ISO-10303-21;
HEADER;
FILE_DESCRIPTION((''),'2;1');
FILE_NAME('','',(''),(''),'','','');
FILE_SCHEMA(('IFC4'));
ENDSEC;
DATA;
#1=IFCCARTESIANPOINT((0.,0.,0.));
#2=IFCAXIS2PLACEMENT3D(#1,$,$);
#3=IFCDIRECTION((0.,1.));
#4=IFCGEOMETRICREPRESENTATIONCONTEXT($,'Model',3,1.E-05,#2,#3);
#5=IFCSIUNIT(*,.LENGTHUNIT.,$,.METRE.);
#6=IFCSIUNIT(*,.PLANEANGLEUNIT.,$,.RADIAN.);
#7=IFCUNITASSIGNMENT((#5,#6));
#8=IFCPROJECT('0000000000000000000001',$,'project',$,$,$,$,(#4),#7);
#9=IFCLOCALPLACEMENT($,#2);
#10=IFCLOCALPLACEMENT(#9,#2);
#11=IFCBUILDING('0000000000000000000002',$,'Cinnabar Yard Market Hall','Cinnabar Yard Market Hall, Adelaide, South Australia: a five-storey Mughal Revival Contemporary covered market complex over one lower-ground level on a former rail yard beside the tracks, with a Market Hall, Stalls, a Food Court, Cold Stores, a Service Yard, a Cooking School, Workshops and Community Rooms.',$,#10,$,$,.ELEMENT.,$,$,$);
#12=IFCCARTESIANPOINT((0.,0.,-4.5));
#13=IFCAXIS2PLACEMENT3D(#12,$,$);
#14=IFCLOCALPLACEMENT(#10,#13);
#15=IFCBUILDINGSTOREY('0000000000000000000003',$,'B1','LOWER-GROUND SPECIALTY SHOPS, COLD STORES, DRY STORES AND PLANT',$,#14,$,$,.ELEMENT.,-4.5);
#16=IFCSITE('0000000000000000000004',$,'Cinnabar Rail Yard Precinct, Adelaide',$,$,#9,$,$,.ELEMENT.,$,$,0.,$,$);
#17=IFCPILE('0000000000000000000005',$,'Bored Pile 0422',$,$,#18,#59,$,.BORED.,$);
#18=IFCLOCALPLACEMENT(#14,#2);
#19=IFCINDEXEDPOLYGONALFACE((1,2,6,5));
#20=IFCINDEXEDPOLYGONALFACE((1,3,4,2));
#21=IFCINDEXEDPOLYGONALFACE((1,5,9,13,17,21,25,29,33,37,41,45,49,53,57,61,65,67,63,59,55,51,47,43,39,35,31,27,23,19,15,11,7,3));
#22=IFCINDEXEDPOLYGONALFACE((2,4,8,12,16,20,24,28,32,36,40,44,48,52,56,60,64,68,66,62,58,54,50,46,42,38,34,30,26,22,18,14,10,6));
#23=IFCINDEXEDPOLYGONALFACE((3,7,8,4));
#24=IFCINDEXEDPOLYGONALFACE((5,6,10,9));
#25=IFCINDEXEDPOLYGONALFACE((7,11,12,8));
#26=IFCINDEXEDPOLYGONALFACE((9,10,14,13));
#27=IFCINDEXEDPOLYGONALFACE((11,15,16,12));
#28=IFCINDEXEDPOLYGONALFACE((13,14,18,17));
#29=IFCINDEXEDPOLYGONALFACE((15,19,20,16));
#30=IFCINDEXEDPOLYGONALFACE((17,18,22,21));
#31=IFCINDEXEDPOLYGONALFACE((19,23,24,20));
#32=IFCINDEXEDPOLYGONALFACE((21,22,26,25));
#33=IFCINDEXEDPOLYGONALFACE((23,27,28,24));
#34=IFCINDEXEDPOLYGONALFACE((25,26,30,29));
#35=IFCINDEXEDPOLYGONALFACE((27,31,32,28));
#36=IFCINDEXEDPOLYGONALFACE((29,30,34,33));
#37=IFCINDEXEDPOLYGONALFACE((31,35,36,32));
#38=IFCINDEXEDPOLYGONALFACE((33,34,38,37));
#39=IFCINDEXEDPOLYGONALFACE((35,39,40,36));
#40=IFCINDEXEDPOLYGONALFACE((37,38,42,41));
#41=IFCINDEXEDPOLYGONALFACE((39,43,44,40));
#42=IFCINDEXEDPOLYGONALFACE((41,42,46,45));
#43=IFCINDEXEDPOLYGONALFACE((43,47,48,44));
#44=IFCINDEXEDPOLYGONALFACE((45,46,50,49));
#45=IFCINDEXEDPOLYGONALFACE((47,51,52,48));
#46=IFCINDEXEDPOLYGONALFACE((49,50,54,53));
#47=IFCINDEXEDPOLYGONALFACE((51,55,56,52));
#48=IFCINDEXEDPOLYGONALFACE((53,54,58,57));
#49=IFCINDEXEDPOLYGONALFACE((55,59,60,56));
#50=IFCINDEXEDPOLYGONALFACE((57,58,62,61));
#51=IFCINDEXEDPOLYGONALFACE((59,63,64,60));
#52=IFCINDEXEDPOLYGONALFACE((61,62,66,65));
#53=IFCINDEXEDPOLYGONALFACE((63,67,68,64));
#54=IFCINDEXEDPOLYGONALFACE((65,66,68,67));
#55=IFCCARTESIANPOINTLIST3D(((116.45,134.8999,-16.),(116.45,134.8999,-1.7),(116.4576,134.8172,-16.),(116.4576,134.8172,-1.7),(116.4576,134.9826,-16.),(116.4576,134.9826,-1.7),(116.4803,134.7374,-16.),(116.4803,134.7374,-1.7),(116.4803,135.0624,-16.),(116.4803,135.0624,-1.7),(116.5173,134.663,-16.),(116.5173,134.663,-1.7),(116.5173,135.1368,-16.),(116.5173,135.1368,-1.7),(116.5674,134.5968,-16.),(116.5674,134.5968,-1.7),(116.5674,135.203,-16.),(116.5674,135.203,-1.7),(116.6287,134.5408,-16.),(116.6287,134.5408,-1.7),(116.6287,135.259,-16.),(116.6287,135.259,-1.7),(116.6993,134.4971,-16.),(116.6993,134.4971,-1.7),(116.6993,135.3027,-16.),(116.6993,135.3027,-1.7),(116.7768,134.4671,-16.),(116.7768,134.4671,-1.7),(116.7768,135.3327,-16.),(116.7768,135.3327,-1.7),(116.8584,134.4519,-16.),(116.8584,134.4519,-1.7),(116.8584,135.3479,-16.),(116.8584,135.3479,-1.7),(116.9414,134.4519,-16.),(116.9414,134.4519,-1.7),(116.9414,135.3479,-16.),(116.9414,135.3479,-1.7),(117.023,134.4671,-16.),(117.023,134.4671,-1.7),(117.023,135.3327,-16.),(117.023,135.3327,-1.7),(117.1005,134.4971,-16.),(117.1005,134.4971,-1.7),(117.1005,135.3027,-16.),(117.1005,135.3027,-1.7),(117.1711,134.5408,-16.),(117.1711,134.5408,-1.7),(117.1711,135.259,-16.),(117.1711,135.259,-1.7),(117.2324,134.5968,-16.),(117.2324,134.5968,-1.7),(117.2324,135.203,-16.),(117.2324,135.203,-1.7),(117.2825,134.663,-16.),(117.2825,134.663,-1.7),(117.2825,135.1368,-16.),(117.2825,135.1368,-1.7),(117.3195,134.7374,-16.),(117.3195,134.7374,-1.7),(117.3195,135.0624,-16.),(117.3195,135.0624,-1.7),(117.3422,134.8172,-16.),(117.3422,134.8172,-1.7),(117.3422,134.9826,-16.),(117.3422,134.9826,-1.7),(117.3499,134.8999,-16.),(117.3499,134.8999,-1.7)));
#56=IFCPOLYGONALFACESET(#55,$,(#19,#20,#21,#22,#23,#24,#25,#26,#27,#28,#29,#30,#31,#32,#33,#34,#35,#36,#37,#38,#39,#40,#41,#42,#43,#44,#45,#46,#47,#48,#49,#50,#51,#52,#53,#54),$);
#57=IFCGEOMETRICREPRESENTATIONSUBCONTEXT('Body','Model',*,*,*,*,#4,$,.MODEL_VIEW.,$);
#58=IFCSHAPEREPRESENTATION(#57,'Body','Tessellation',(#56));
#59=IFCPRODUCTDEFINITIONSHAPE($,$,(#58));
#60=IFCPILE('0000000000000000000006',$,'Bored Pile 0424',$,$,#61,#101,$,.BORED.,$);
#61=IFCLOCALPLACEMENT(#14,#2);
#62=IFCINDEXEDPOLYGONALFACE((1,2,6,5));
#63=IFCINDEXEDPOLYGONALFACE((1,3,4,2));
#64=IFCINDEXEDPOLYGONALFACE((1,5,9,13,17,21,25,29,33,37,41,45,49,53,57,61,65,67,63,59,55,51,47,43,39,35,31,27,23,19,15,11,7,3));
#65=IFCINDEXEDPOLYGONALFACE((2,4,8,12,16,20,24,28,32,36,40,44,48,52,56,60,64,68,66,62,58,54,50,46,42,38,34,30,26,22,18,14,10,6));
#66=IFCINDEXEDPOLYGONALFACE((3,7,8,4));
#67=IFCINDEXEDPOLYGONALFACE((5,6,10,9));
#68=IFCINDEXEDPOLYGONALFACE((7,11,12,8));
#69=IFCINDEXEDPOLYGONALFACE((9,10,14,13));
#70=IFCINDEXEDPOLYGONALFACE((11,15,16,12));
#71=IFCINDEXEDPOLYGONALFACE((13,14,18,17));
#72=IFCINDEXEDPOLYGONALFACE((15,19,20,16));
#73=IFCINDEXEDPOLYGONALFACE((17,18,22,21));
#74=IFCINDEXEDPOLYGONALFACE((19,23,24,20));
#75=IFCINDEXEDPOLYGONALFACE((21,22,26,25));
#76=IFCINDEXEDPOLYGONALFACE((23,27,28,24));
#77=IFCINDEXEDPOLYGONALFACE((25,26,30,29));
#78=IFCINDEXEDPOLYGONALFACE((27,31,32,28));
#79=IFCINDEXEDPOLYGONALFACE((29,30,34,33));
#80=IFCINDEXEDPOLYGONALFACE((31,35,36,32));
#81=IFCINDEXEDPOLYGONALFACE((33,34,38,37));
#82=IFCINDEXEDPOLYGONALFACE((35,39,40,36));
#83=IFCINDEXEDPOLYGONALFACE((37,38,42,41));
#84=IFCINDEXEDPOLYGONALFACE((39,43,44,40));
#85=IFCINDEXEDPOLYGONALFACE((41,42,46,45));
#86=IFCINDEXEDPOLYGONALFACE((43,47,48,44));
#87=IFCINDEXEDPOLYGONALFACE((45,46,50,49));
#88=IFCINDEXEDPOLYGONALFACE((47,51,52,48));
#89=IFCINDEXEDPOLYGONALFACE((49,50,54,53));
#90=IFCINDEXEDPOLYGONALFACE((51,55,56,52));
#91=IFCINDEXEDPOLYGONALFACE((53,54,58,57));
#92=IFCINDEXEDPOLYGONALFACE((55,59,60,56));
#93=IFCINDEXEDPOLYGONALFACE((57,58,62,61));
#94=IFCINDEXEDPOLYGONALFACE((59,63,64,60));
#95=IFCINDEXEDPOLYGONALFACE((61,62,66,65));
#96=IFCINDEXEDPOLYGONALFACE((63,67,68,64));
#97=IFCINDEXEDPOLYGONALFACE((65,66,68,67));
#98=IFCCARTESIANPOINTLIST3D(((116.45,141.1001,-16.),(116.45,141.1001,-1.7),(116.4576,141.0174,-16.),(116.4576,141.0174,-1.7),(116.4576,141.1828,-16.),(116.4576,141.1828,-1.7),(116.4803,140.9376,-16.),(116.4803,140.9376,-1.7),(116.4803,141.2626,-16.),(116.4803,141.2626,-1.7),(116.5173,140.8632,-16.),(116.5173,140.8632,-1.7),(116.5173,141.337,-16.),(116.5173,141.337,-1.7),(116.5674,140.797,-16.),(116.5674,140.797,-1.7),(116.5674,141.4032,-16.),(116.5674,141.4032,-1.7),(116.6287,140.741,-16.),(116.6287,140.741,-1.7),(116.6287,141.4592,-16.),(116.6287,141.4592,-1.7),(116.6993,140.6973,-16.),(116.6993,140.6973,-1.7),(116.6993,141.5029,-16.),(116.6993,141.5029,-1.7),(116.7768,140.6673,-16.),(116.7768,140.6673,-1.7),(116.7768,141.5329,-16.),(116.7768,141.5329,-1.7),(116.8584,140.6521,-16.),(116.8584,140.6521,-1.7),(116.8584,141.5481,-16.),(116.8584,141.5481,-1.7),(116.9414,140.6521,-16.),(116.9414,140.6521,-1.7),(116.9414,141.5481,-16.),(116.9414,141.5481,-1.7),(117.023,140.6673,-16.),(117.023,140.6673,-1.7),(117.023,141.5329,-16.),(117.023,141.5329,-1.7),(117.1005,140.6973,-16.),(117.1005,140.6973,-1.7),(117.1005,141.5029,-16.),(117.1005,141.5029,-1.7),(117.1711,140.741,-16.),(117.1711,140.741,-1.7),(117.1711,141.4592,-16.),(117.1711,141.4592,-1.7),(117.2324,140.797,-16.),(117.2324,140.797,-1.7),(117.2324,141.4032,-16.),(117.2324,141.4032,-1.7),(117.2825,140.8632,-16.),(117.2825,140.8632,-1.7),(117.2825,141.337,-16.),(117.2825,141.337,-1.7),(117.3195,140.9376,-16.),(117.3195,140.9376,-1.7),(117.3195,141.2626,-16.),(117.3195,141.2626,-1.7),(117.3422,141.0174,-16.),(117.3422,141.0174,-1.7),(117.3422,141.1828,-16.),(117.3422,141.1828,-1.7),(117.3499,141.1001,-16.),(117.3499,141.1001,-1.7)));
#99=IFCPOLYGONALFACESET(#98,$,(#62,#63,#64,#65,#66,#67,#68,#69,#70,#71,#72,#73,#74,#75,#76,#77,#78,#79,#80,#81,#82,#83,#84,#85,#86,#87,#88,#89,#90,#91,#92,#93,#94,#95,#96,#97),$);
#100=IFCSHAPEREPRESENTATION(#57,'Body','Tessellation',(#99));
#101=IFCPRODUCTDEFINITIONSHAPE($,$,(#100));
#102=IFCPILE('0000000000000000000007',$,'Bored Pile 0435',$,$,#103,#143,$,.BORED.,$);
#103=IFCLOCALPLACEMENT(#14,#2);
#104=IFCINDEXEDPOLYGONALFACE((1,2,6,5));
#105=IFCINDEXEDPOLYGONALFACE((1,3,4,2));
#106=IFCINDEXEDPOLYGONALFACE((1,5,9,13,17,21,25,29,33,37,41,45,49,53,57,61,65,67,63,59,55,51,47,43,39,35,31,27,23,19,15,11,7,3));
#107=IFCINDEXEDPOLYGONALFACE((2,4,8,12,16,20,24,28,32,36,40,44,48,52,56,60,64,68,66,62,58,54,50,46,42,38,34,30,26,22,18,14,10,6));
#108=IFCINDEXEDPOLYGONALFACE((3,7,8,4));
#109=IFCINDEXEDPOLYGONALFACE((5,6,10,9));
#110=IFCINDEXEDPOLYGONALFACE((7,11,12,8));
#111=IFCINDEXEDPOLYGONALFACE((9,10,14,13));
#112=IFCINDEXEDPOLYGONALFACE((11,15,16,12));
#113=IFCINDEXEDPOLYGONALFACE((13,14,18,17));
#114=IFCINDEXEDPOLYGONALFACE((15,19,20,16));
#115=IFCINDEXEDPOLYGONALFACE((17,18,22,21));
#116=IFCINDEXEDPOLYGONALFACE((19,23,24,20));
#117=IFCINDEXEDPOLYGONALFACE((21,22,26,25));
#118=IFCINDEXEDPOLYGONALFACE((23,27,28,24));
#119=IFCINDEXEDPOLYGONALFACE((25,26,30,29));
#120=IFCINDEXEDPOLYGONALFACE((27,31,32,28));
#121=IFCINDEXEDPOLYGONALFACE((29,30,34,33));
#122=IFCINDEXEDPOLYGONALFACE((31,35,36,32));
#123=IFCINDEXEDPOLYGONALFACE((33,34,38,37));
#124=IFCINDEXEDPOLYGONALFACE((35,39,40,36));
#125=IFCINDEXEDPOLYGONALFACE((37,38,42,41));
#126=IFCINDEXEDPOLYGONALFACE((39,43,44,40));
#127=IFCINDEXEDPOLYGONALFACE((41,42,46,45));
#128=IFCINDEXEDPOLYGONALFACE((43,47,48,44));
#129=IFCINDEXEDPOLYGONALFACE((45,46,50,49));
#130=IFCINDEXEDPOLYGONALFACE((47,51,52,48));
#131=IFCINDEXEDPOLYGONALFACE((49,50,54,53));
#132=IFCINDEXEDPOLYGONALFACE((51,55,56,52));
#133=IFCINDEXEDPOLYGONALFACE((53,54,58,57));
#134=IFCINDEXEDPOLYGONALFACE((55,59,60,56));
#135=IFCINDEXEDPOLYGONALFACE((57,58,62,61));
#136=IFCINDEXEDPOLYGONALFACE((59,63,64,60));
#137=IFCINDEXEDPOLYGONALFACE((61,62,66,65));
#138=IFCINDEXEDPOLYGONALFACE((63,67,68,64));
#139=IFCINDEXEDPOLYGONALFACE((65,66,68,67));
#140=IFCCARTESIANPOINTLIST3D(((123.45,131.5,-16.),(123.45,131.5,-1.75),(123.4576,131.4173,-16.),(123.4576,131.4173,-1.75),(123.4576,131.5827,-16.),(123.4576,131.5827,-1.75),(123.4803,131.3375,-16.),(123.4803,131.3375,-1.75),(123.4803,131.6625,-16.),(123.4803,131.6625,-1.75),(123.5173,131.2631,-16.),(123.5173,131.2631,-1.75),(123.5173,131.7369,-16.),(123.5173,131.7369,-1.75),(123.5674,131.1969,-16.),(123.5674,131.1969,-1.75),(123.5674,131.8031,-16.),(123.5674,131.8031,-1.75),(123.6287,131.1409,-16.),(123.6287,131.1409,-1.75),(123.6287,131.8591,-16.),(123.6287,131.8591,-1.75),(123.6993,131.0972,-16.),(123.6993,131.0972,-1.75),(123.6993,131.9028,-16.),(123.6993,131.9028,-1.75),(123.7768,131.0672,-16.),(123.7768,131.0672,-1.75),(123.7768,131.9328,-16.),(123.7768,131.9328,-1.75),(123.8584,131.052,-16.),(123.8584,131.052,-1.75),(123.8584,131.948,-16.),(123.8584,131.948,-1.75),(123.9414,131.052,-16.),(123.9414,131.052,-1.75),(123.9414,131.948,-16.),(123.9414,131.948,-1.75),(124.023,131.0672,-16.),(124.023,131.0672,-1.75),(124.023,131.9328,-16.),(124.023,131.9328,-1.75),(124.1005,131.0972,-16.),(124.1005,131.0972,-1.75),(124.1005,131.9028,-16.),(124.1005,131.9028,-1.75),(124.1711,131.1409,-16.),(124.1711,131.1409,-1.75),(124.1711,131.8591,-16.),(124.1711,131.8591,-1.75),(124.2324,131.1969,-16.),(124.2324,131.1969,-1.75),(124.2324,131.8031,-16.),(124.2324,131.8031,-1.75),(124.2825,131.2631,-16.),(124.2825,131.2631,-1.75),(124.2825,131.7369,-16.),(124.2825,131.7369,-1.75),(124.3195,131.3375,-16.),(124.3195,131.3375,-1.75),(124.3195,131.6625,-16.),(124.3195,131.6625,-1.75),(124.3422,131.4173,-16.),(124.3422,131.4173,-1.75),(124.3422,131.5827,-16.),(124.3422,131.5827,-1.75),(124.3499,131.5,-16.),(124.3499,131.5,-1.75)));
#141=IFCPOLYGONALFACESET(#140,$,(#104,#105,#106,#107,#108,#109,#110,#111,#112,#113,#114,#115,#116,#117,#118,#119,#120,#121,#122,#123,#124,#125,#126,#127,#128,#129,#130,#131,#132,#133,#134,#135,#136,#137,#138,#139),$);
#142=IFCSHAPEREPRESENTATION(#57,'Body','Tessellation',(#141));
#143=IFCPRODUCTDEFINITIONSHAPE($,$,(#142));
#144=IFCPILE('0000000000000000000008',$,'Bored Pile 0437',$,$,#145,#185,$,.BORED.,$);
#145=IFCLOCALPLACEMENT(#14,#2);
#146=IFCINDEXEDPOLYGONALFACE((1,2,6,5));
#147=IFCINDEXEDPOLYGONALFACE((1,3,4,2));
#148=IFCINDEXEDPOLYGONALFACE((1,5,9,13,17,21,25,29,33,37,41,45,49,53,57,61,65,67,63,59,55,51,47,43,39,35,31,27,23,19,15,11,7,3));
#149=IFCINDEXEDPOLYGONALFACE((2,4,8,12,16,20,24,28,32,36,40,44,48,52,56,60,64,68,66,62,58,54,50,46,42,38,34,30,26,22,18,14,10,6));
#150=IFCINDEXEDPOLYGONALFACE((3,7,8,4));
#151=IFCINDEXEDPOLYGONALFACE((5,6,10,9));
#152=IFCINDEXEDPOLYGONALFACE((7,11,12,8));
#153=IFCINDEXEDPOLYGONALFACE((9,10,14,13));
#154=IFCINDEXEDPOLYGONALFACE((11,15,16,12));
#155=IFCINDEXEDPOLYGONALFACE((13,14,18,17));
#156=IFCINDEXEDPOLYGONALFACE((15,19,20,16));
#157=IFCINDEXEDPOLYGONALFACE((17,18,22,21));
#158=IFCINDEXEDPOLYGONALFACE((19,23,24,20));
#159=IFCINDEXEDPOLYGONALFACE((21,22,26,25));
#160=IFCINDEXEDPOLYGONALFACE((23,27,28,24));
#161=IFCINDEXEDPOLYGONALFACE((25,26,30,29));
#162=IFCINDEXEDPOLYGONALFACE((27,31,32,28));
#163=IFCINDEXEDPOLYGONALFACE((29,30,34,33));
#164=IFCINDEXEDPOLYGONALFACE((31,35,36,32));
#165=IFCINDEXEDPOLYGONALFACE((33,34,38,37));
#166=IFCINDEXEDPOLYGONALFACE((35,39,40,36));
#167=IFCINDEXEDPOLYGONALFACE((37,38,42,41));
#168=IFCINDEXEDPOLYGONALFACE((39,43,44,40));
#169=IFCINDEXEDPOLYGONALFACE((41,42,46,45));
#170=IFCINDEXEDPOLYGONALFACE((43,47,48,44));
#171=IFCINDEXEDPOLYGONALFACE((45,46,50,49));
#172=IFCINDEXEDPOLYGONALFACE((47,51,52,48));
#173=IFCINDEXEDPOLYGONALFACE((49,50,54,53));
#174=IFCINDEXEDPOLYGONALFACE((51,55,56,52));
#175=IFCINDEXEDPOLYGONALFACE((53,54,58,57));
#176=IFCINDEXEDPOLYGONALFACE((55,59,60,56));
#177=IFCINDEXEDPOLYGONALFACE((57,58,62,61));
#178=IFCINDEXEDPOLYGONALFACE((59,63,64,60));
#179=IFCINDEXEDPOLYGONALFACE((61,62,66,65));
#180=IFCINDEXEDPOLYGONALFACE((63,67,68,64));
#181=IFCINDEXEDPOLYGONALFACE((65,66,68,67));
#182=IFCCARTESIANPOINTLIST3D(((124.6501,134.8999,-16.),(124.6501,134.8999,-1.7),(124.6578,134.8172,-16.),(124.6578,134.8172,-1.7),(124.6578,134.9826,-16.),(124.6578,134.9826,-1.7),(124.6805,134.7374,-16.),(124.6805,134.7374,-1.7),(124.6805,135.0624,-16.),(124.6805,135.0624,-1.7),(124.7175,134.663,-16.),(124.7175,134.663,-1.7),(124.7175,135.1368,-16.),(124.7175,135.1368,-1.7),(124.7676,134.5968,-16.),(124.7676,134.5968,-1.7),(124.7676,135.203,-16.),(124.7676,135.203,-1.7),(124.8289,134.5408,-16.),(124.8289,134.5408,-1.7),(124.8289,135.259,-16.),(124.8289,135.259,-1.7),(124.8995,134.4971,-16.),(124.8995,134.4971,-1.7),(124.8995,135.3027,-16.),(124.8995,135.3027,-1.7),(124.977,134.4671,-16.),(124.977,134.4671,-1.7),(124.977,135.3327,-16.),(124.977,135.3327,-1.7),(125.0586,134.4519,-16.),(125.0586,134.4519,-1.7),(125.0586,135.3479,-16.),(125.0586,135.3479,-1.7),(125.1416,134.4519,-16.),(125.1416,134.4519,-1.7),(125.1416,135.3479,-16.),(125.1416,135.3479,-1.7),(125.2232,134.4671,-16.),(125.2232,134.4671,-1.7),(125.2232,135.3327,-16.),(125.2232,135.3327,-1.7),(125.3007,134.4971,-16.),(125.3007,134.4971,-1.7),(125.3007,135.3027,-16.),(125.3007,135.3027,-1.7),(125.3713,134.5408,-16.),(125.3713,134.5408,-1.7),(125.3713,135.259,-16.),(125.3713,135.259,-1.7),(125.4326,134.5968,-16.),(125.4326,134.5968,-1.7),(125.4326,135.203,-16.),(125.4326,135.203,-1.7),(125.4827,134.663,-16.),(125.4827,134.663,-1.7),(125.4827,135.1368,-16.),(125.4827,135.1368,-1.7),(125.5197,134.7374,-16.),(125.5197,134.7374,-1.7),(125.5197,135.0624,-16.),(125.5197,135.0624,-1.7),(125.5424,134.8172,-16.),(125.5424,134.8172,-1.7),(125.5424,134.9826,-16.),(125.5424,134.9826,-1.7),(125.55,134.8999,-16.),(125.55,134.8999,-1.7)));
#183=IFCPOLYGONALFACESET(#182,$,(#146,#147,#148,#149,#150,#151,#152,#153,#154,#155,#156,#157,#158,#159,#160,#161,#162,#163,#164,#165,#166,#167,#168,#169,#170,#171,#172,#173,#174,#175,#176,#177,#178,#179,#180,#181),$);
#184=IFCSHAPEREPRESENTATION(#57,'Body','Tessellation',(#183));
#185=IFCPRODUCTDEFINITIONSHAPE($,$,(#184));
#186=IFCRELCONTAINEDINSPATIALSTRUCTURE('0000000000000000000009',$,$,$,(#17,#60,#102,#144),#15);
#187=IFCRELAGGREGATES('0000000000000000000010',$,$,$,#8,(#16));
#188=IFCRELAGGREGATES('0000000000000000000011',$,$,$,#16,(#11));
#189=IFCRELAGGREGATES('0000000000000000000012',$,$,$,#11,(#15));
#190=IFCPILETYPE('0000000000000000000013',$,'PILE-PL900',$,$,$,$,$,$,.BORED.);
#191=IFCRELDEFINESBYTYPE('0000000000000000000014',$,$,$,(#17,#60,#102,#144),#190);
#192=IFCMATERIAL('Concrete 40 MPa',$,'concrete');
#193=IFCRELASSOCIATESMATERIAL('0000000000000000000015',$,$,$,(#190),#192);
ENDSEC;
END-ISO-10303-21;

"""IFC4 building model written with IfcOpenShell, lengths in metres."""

from ifc_helpers import new_model, si_unit, direction, frame, origin, origin_2d_with_axis, place, context, subcontext, project, spatial, circle, extrude, material, material_profile, profile_set, type_object, element, save


model = new_model("IFC4")

# Units and contexts
model_context = context("Model", 3, precision=1e-05, world=origin(), true_north=direction((0.0, 1.0)))
body_context = subcontext(model_context, "Body", "Model", "MODEL_VIEW")
ifc_project = project(units=[si_unit("LENGTHUNIT", "METRE"), si_unit("PLANEANGLEUNIT", "RADIAN")], contexts=[model_context])

# Site, building, storey
site_placement = place(None, origin())
site = spatial("IfcSite", under=ifc_project, at=site_placement, Name="Cinnabar Rail Yard Precinct, Adelaide", CompositionType="ELEMENT", RefElevation=0.0)
building_placement = place(site_placement, origin())
building = spatial("IfcBuilding", under=site, at=building_placement, Name="Cinnabar Yard Market Hall", Description="Cinnabar Yard Market Hall, Adelaide, South Australia: a five-storey Mughal Revival Contemporary covered market complex over one lower-ground level on a former rail yard beside the tracks, with a Market Hall, Stalls, a Food Court, Cold Stores, a Service Yard, a Cooking School, Workshops and Community Rooms.", CompositionType="ELEMENT")
storey_placement = place(building_placement, frame((0.0, 0.0, -4.5)))
storey = spatial("IfcBuildingStorey", under=building, at=storey_placement, Name="B1", Description="LOWER-GROUND SPECIALTY SHOPS, COLD STORES, DRY STORES AND PLANT", CompositionType="ELEMENT", Elevation=-4.5)

# Shared definitions
ifc_material_1 = material(Name="Concrete 40 MPa", Category="concrete")

# Piles
ifc_material_profile_1 = material_profile(ifc_material_1, circle(Radius=0.45, at=origin_2d_with_axis()), Name="PILE-D900")
ifc_profile_set_1 = profile_set([ifc_material_profile_1], Name="Concrete 40 MPa")
pile_type_1 = type_object("IfcPileType", Name="PILE-PL900", PredefinedType="BORED", material=ifc_profile_set_1)
for number, where, z_axis, x_axis, name in (
    (1, (116.8999, 134.8999, -1.7), (0.0, 0.0, -1.0), (1.0, 0.0, 0.0), "Bored Pile 0422"),
    (2, (116.8999, 141.1001, -1.7), (0.0, 0.0, -1.0), (1.0, 0.0, 0.0), "Bored Pile 0424"),
):
    element("IfcPile", number, at=place(storey_placement, frame(where, z_axis=z_axis, x_axis=x_axis)), inside=storey, type_object=pile_type_1, Name=name, PredefinedType="BORED", context=body_context, shape_type="SweptSolid", body=[
        extrude(circle(Radius=0.45, at=origin_2d_with_axis()), origin(), (0.0, 0.0, 1.0), 14.3),
    ])
pile_1_placement = place(storey_placement, frame((123.8999, 131.5, -1.75), z_axis=(0.0, 0.0, -1.0), x_axis=(1.0, 0.0, 0.0)))
element("IfcPile", 3, at=pile_1_placement, inside=storey, type_object=pile_type_1, Name="Bored Pile 0435", PredefinedType="BORED", context=body_context, shape_type="SweptSolid", body=[
    extrude(circle(Radius=0.45, at=origin_2d_with_axis()), origin(), (0.0, 0.0, 1.0), 14.25),
])
for number, where, z_axis, x_axis, name in (
    (4, (125.1001, 134.8999, -1.7), (0.0, 0.0, -1.0), (1.0, 0.0, 0.0), "Bored Pile 0437"),
):
    element("IfcPile", number, at=place(storey_placement, frame(where, z_axis=z_axis, x_axis=x_axis)), inside=storey, type_object=pile_type_1, Name=name, PredefinedType="BORED", context=body_context, shape_type="SweptSolid", body=[
        extrude(circle(Radius=0.45, at=origin_2d_with_axis()), origin(), (0.0, 0.0, 1.0), 14.3),
    ])

save(model, "model.ifc")
